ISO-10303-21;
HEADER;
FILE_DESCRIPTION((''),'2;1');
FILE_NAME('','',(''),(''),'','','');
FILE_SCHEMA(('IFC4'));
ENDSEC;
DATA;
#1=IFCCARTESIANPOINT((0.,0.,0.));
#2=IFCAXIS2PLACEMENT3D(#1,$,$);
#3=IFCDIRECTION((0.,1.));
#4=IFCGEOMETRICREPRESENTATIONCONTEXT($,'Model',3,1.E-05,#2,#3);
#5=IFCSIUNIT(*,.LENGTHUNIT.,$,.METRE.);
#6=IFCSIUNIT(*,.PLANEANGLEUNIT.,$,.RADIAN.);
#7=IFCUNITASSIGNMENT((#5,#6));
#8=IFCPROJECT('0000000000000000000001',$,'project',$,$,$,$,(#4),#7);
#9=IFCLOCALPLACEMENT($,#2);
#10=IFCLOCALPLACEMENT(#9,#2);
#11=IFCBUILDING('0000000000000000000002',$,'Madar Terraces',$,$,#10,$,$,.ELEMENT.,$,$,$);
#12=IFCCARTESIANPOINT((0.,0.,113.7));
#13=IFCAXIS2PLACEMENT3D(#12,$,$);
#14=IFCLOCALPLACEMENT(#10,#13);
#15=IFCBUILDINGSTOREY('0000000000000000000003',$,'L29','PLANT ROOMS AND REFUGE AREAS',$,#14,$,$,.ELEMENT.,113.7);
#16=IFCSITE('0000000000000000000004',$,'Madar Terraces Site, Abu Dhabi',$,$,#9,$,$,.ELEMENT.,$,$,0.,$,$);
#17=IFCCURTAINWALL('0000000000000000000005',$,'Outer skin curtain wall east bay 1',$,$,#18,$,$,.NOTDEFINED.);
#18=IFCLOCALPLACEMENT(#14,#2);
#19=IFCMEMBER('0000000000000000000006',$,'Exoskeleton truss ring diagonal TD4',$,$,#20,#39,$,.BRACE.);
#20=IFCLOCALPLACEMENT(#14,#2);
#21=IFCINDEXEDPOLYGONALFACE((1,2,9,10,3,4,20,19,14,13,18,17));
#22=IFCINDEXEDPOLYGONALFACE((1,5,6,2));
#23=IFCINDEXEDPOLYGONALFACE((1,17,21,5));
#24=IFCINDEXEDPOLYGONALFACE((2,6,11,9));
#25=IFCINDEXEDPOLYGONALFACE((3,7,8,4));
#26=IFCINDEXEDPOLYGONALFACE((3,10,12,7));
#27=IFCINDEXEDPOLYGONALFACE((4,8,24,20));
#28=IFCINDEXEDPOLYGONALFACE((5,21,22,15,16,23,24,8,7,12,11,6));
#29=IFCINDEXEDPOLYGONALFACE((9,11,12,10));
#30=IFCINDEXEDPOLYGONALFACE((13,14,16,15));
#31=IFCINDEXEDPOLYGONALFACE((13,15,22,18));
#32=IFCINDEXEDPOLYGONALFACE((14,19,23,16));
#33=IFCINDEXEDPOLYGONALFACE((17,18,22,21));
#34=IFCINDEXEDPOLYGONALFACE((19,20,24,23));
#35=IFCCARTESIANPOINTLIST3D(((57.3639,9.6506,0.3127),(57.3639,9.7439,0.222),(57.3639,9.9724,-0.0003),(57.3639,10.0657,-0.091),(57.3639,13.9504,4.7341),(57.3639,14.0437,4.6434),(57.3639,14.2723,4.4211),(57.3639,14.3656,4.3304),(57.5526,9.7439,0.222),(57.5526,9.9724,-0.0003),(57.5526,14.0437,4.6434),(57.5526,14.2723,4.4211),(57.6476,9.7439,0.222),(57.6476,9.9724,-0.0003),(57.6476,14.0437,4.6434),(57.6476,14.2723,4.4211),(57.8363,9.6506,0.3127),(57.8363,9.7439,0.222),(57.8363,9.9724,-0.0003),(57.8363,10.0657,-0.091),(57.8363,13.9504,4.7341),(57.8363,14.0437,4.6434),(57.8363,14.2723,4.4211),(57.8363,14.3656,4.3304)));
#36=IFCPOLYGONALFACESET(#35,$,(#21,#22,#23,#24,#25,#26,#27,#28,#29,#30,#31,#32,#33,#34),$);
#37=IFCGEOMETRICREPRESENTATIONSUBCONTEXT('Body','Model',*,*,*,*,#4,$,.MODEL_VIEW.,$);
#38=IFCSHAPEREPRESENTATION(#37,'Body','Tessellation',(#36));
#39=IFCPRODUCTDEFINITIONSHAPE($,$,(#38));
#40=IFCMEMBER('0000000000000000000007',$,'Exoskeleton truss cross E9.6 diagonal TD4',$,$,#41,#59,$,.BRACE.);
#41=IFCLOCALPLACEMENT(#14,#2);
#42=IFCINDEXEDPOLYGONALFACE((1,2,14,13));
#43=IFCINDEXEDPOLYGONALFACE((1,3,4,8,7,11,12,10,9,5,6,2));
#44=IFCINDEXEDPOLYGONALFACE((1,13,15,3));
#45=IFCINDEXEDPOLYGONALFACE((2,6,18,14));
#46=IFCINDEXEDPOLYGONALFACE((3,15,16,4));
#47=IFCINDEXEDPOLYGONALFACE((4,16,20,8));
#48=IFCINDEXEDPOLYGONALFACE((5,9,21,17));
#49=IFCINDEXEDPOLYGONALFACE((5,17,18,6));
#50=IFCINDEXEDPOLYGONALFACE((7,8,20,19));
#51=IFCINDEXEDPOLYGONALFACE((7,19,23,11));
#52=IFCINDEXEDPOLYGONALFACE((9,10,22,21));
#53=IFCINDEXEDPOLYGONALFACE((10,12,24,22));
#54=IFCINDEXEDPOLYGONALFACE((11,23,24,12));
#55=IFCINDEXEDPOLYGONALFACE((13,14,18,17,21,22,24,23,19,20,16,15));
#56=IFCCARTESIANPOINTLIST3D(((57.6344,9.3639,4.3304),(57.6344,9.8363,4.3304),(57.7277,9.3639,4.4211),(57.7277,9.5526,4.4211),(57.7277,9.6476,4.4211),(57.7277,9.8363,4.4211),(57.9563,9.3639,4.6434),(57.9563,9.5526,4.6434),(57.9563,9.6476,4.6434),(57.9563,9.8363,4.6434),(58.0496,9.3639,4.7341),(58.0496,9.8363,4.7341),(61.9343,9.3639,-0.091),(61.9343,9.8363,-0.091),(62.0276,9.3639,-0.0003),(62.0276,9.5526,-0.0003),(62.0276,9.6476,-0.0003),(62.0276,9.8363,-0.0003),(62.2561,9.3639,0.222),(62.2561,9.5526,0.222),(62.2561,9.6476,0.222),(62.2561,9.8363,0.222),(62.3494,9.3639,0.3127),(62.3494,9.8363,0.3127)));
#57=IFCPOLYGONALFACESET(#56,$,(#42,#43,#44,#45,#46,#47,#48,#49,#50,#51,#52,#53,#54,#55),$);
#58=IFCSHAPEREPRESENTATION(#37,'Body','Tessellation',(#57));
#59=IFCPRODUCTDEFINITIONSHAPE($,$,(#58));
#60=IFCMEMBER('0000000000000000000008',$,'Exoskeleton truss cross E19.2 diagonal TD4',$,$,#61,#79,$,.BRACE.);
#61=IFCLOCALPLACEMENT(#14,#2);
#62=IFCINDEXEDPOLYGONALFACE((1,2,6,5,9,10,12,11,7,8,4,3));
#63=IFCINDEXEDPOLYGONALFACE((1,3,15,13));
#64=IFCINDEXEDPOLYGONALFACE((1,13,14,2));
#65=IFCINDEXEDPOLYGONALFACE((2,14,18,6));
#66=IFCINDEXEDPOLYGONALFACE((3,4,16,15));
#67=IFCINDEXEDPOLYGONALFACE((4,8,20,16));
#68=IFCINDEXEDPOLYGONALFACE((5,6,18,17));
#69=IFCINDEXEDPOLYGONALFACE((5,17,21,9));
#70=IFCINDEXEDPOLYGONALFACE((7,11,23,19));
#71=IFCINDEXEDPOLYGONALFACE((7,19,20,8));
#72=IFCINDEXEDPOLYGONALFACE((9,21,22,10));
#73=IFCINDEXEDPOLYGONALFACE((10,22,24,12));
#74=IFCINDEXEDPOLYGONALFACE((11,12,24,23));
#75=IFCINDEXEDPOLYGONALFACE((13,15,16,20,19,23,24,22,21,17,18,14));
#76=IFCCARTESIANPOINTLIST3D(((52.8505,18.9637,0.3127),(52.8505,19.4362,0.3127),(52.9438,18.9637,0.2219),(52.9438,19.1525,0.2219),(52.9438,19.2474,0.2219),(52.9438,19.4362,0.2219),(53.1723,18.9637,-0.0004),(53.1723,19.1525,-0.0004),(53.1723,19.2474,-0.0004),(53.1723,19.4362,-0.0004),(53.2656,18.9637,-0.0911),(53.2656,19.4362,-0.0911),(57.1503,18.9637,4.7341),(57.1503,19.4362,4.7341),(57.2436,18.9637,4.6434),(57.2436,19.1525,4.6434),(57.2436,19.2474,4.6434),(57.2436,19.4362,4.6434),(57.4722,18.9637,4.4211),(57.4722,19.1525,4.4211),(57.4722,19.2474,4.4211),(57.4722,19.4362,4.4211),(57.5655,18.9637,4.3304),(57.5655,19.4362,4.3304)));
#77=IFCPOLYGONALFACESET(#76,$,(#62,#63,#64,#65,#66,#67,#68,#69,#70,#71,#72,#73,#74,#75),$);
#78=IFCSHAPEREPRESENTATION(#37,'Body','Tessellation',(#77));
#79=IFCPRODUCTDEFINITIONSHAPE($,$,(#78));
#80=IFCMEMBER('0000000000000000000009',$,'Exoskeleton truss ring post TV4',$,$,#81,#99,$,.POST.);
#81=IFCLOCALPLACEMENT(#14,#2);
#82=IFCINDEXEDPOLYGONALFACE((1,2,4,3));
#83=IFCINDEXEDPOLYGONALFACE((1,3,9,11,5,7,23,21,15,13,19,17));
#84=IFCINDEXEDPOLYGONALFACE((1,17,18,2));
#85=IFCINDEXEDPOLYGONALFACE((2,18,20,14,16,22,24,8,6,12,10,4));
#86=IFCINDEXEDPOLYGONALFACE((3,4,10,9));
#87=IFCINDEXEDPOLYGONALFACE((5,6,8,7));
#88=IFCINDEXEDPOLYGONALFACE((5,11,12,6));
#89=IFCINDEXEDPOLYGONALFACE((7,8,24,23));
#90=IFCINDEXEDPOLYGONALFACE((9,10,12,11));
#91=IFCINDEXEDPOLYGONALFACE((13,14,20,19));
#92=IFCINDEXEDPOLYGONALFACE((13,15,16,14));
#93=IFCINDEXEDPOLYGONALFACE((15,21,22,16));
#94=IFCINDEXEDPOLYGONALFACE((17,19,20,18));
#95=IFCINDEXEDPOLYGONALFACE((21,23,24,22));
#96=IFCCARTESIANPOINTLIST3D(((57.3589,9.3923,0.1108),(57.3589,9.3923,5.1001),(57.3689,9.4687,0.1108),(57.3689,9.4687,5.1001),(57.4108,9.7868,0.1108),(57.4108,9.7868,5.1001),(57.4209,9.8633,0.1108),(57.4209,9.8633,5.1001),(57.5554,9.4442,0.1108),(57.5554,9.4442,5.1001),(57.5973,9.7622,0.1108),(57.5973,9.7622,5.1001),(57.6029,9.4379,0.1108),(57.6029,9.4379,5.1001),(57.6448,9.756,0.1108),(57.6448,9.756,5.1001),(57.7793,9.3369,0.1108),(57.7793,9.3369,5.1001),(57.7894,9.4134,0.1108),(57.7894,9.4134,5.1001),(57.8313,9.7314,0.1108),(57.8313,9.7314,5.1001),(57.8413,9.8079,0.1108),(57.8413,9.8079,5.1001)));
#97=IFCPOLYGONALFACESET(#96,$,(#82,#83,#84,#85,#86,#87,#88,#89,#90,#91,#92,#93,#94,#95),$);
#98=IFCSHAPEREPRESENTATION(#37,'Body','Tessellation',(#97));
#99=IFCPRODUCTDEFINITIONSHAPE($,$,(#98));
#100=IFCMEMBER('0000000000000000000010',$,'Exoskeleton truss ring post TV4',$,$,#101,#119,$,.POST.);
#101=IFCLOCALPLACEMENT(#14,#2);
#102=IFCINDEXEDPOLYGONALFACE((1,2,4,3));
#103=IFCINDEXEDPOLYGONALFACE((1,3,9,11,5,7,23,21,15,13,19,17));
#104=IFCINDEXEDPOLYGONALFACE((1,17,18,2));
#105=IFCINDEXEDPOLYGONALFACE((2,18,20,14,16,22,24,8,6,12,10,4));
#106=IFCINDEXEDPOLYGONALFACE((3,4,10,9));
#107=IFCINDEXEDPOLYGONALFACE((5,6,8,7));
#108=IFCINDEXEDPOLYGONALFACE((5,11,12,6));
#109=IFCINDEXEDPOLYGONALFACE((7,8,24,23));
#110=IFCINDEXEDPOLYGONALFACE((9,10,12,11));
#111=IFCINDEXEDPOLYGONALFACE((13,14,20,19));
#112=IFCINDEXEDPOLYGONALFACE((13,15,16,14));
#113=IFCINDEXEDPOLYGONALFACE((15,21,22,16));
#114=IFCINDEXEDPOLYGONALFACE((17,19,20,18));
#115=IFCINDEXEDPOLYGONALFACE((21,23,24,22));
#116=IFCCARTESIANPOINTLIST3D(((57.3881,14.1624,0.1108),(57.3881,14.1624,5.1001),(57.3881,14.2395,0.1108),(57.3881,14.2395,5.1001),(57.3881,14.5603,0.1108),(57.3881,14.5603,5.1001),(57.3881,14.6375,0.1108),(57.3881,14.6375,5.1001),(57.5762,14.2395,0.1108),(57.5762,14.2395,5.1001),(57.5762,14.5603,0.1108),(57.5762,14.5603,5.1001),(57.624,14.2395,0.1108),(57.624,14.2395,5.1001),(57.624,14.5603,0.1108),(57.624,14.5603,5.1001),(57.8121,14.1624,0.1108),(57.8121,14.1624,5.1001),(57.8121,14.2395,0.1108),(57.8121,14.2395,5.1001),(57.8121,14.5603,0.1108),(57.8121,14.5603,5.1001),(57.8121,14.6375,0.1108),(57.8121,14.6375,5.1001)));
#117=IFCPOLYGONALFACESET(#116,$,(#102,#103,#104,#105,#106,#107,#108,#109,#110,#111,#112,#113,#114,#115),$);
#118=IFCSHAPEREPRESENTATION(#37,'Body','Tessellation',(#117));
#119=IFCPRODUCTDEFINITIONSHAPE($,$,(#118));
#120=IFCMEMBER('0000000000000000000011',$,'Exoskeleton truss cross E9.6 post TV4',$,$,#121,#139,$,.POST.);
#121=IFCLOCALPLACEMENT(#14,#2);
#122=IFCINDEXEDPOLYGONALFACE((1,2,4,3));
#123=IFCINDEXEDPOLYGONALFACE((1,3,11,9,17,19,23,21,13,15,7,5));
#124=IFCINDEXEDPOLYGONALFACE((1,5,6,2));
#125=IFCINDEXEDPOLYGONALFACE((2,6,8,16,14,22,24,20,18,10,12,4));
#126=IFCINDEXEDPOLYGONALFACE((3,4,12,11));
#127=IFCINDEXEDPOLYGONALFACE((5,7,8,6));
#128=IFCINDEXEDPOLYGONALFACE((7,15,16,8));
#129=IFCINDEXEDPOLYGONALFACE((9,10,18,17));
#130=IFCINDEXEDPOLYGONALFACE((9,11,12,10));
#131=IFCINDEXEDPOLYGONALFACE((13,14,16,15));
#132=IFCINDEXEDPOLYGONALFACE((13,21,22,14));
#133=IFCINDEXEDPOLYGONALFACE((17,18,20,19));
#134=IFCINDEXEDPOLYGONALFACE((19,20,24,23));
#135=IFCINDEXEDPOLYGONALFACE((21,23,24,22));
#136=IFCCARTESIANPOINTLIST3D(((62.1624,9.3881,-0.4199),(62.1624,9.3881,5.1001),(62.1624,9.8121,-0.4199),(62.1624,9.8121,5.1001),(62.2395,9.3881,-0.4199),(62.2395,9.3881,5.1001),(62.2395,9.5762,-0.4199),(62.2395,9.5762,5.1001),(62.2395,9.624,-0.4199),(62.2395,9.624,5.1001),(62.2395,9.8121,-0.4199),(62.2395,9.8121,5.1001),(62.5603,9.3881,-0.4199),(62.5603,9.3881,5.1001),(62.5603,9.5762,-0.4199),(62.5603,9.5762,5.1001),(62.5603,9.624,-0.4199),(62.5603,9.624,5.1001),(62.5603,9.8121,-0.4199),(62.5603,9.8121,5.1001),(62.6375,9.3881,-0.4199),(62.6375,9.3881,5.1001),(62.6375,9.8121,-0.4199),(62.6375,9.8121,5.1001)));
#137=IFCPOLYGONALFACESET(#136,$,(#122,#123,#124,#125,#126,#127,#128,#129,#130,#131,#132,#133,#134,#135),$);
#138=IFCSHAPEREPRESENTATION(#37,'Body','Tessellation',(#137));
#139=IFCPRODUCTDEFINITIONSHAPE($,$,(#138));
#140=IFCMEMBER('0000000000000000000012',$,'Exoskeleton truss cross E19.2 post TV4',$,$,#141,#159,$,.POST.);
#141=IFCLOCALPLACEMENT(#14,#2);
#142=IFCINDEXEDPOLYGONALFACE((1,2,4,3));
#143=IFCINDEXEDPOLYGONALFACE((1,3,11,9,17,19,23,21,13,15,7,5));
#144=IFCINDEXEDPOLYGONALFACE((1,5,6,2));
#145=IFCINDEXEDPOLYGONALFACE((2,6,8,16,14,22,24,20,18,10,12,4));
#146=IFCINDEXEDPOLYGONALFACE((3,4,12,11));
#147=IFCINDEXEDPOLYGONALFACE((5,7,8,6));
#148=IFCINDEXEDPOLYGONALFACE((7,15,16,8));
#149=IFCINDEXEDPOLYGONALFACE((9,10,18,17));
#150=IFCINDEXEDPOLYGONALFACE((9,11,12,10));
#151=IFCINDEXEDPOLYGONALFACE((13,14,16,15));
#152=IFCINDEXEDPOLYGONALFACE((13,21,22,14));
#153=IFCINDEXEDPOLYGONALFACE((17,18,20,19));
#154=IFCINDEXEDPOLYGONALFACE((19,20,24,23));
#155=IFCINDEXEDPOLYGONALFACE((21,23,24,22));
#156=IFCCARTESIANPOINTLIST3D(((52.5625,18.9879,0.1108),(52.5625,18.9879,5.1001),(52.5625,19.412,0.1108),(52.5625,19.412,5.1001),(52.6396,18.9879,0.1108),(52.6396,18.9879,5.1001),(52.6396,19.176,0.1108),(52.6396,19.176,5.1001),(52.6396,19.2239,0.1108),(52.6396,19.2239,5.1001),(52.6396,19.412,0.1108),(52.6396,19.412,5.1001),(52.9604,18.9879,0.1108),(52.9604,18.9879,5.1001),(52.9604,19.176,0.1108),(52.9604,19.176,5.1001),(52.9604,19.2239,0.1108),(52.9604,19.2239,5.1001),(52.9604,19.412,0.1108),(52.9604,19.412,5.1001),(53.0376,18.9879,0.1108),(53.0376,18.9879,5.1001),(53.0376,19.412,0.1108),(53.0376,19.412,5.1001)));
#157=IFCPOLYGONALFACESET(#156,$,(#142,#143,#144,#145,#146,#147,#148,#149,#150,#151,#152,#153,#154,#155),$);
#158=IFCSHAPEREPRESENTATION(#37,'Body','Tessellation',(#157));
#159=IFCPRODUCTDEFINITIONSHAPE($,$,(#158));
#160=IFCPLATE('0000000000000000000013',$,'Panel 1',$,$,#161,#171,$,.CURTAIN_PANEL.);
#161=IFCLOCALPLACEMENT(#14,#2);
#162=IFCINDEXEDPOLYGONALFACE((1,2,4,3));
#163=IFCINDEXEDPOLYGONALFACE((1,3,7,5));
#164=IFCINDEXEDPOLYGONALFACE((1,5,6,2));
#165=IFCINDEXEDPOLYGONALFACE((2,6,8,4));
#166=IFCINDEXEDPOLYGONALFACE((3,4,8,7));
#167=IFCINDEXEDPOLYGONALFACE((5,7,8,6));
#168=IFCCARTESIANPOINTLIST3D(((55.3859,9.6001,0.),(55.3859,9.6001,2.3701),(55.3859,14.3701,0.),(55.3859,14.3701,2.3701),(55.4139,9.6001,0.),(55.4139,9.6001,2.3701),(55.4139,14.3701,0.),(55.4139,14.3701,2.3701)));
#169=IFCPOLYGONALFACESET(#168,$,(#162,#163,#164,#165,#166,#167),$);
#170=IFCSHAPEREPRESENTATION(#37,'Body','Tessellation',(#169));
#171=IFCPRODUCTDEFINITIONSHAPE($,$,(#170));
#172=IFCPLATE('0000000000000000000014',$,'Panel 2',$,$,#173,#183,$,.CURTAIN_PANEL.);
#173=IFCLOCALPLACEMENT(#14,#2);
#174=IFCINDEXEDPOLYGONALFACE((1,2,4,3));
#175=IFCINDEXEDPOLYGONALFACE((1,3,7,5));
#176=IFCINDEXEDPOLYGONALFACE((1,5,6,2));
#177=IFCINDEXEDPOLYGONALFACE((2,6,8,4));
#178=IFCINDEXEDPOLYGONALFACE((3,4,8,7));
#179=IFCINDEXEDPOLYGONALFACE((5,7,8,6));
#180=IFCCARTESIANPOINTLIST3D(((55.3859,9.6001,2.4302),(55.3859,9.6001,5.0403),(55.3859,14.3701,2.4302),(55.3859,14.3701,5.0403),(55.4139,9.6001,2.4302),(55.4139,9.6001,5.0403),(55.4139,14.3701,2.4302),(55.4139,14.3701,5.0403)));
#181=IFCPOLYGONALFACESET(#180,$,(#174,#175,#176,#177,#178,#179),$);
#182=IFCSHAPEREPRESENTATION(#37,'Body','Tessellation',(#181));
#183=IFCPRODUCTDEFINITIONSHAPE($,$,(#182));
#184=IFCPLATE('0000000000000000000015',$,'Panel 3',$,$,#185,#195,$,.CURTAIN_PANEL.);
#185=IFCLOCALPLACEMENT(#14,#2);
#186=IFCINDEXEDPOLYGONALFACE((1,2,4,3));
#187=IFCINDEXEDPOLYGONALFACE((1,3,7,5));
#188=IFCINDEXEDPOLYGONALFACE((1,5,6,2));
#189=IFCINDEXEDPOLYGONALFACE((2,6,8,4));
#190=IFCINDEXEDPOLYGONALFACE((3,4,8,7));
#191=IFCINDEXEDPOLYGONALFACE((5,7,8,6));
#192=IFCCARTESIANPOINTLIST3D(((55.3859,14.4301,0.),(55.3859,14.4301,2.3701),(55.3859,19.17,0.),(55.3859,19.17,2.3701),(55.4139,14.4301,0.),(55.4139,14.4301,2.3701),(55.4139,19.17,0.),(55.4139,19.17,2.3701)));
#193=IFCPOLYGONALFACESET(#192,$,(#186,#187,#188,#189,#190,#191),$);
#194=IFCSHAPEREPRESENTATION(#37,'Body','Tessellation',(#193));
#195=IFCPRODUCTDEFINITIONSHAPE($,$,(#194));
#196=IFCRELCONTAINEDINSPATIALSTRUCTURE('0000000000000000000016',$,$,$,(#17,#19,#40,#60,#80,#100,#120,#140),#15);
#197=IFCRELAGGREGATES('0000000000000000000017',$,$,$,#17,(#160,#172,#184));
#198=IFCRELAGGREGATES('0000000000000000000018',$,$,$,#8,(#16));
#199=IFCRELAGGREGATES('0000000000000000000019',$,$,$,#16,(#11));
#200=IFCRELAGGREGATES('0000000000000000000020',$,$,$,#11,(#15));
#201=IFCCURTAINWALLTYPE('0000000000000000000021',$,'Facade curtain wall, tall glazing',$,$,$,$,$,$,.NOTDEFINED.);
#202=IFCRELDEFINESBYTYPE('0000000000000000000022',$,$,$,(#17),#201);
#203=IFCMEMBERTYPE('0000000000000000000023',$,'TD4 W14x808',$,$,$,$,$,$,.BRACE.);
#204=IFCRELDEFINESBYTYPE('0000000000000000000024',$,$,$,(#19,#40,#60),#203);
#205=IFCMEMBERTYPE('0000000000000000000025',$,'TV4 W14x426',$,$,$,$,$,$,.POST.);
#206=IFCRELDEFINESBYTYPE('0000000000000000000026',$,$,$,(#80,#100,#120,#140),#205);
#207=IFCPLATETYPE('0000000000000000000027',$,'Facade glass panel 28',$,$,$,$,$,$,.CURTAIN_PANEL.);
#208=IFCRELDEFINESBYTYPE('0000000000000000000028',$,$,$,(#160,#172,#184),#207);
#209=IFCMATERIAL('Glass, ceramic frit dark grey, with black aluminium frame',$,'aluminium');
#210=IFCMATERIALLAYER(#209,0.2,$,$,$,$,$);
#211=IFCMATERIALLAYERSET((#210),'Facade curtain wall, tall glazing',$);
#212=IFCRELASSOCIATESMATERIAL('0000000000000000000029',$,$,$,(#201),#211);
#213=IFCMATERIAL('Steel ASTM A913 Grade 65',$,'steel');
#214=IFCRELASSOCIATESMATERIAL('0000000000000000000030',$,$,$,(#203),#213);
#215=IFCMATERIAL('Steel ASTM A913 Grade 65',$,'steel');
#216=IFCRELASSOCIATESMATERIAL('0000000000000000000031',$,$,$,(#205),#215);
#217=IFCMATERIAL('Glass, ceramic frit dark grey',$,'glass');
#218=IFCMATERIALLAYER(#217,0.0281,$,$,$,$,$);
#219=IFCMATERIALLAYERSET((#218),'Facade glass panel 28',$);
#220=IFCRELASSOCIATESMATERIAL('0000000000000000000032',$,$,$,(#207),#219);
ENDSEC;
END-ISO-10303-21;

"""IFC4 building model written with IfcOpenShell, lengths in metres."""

from ifc_helpers import new_model, si_unit, direction, frame, origin, origin_2d, place, context, subcontext, project, spatial, rectangle, i_section, extrude, material, layer, layer_set, material_profile, profile_set, type_object, element, aggregate, save


model = new_model("IFC4")

# Units and contexts
model_context = context("Model", 3, precision=1e-05, world=origin(), true_north=direction((0.0, 1.0)))
body_context = subcontext(model_context, "Body", "Model", "MODEL_VIEW")
ifc_project = project(units=[si_unit("LENGTHUNIT", "METRE"), si_unit("PLANEANGLEUNIT", "RADIAN")], contexts=[model_context])

# Site, building, storey
site_placement = place(None, origin())
site = spatial("IfcSite", under=ifc_project, at=site_placement, Name="Madar Terraces Site, Abu Dhabi", CompositionType="ELEMENT", RefElevation=0.0)
building_placement = place(site_placement, origin())
building = spatial("IfcBuilding", under=site, at=building_placement, Name="Madar Terraces", CompositionType="ELEMENT")
storey_placement = place(building_placement, frame((0.0, 0.0, 113.7)))
storey = spatial("IfcBuildingStorey", under=building, at=storey_placement, Name="L29", Description="PLANT ROOMS AND REFUGE AREAS", CompositionType="ELEMENT", Elevation=113.7)

# Curtain wall
ifc_material_1 = material(Name="Glass, ceramic frit dark grey, with black aluminium frame", Category="aluminium")
ifc_layer_1 = layer(ifc_material_1, 0.2)
ifc_layer_set_1 = layer_set([ifc_layer_1], Name="Facade curtain wall, tall glazing")
curtain_wall_type = type_object("IfcCurtainWallType", Name="Facade curtain wall, tall glazing", PredefinedType="NOTDEFINED", material=ifc_layer_set_1)
curtain_wall_placement = place(storey_placement, origin())
curtain_wall = element("IfcCurtainWall", 1, at=curtain_wall_placement, inside=storey, type_object=curtain_wall_type, Name="Outer skin curtain wall east bay 1", PredefinedType="NOTDEFINED")

# Members
ifc_material_2 = material(Name="Steel ASTM A913 Grade 65", Category="steel")
ifc_material_profile_1 = material_profile(ifc_material_2, i_section(OverallWidth=0.4724, OverallDepth=0.5791, WebThickness=0.095, FlangeThickness=0.1301, at=origin_2d()), Name="W14x808")
ifc_profile_set_1 = profile_set([ifc_material_profile_1], Name="Steel ASTM A913 Grade 65")
member_type_1 = type_object("IfcMemberType", Name="TD4 W14x808", PredefinedType="BRACE", material=ifc_profile_set_1)
for number, where, z_axis, x_axis, name in (
    (2, (57.6001, 9.8582, 0.1108), (0.0, 0.697181, 0.716895), (-1.0, 0.0, 0.0), "Exoskeleton truss ring diagonal TD4"),
    (3, (62.1418, 9.6001, 0.1108), (-0.697181, 0.0, 0.716895), (0.0, -1.0, 0.0), "Exoskeleton truss cross E9.6 diagonal TD4"),
    (4, (57.3579, 19.2, 4.5322), (-0.697181, 0.0, -0.716895), (0.0, -1.0, 0.0), "Exoskeleton truss cross E19.2 diagonal TD4"),
):
    element("IfcMember", number, at=place(storey_placement, frame(where, z_axis=z_axis, x_axis=x_axis)), inside=storey, type_object=member_type_1, Name=name, PredefinedType="BRACE", context=body_context, shape_type="SweptSolid", body=[
        extrude(i_section(OverallWidth=0.4724, OverallDepth=0.5791, WebThickness=0.095, FlangeThickness=0.1301, at=origin_2d()), origin(), (0.0, 0.0, 1.0), 6.1675),
    ])
ifc_material_3 = material(Name="Steel ASTM A913 Grade 65", Category="steel")
ifc_material_profile_2 = material_profile(ifc_material_3, i_section(OverallWidth=0.4241, OverallDepth=0.4751, WebThickness=0.0479, FlangeThickness=0.0771, at=origin_2d()), Name="W14x426")
ifc_profile_set_2 = profile_set([ifc_material_profile_2], Name="Steel ASTM A913 Grade 65")
member_type_2 = type_object("IfcMemberType", Name="TV4 W14x426", PredefinedType="POST", material=ifc_profile_set_2)
for number, where, z_axis, x_axis, name in (
    (5, (57.6001, 9.6001, 0.1108), (0.0, 0.0, 1.0), (-0.991445, 0.130526, 0.0), "Exoskeleton truss ring post TV4"),
    (6, (57.6001, 14.3999, 0.1108), (0.0, 0.0, 1.0), (-1.0, 0.0, 0.0), "Exoskeleton truss ring post TV4"),
):
    element("IfcMember", number, at=place(storey_placement, frame(where, z_axis=z_axis, x_axis=x_axis)), inside=storey, type_object=member_type_2, Name=name, PredefinedType="POST", context=body_context, shape_type="SweptSolid", body=[
        extrude(i_section(OverallWidth=0.4241, OverallDepth=0.4751, WebThickness=0.0479, FlangeThickness=0.0771, at=origin_2d()), origin(), (0.0, 0.0, 1.0), 4.9893),
    ])
member_1_placement = place(storey_placement, frame((62.3999, 9.6001, -0.4199), z_axis=(0.0, 0.0, 1.0), x_axis=(0.0, 1.0, 0.0)))
element("IfcMember", 7, at=member_1_placement, inside=storey, type_object=member_type_2, Name="Exoskeleton truss cross E9.6 post TV4", PredefinedType="POST", context=body_context, shape_type="SweptSolid", body=[
    extrude(i_section(OverallWidth=0.4241, OverallDepth=0.4751, WebThickness=0.0479, FlangeThickness=0.0771, at=origin_2d()), origin(), (0.0, 0.0, 1.0), 5.52),
])
member_2_placement = place(storey_placement, frame((52.8, 19.2, 0.1108), z_axis=(0.0, 0.0, 1.0), x_axis=(0.0, 1.0, 0.0)))
element("IfcMember", 8, at=member_2_placement, inside=storey, type_object=member_type_2, Name="Exoskeleton truss cross E19.2 post TV4", PredefinedType="POST", context=body_context, shape_type="SweptSolid", body=[
    extrude(i_section(OverallWidth=0.4241, OverallDepth=0.4751, WebThickness=0.0479, FlangeThickness=0.0771, at=origin_2d()), origin(), (0.0, 0.0, 1.0), 4.9893),
])

# Plates
ifc_material_4 = material(Name="Glass, ceramic frit dark grey", Category="glass")
ifc_layer_2 = layer(ifc_material_4, 0.0281)
ifc_layer_set_2 = layer_set([ifc_layer_2], Name="Facade glass panel 28")
plate_type = type_object("IfcPlateType", Name="Facade glass panel 28", PredefinedType="CURTAIN_PANEL", material=ifc_layer_set_2)
plate_1_placement = place(storey_placement, frame((55.3999, 11.9851, 0.0), z_axis=(0.0, 0.0, 1.0), x_axis=(0.0, 1.0, 0.0)))
plate_1 = element("IfcPlate", 9, at=plate_1_placement, type_object=plate_type, Name="Panel 1", PredefinedType="CURTAIN_PANEL", context=body_context, shape_type="SweptSolid", body=[
    extrude(rectangle(XDim=4.77, YDim=0.0281, at=origin_2d()), origin(), (0.0, 0.0, 1.0), 2.3701),
])
plate_2_placement = place(storey_placement, frame((55.3999, 11.9851, 2.4302), z_axis=(0.0, 0.0, 1.0), x_axis=(0.0, 1.0, 0.0)))
plate_2 = element("IfcPlate", 10, at=plate_2_placement, type_object=plate_type, Name="Panel 2", PredefinedType="CURTAIN_PANEL", context=body_context, shape_type="SweptSolid", body=[
    extrude(rectangle(XDim=4.77, YDim=0.0281, at=origin_2d()), origin(), (0.0, 0.0, 1.0), 2.6101),
])
plate_3_placement = place(storey_placement, frame((55.3999, 16.8, 0.0), z_axis=(0.0, 0.0, 1.0), x_axis=(0.0, 1.0, 0.0)))
plate_3 = element("IfcPlate", 11, at=plate_3_placement, type_object=plate_type, Name="Panel 3", PredefinedType="CURTAIN_PANEL", context=body_context, shape_type="SweptSolid", body=[
    extrude(rectangle(XDim=4.74, YDim=0.0281, at=origin_2d()), origin(), (0.0, 0.0, 1.0), 2.3701),
])
aggregate(curtain_wall, [plate_1, plate_2, plate_3])

save(model, "model.ifc")
